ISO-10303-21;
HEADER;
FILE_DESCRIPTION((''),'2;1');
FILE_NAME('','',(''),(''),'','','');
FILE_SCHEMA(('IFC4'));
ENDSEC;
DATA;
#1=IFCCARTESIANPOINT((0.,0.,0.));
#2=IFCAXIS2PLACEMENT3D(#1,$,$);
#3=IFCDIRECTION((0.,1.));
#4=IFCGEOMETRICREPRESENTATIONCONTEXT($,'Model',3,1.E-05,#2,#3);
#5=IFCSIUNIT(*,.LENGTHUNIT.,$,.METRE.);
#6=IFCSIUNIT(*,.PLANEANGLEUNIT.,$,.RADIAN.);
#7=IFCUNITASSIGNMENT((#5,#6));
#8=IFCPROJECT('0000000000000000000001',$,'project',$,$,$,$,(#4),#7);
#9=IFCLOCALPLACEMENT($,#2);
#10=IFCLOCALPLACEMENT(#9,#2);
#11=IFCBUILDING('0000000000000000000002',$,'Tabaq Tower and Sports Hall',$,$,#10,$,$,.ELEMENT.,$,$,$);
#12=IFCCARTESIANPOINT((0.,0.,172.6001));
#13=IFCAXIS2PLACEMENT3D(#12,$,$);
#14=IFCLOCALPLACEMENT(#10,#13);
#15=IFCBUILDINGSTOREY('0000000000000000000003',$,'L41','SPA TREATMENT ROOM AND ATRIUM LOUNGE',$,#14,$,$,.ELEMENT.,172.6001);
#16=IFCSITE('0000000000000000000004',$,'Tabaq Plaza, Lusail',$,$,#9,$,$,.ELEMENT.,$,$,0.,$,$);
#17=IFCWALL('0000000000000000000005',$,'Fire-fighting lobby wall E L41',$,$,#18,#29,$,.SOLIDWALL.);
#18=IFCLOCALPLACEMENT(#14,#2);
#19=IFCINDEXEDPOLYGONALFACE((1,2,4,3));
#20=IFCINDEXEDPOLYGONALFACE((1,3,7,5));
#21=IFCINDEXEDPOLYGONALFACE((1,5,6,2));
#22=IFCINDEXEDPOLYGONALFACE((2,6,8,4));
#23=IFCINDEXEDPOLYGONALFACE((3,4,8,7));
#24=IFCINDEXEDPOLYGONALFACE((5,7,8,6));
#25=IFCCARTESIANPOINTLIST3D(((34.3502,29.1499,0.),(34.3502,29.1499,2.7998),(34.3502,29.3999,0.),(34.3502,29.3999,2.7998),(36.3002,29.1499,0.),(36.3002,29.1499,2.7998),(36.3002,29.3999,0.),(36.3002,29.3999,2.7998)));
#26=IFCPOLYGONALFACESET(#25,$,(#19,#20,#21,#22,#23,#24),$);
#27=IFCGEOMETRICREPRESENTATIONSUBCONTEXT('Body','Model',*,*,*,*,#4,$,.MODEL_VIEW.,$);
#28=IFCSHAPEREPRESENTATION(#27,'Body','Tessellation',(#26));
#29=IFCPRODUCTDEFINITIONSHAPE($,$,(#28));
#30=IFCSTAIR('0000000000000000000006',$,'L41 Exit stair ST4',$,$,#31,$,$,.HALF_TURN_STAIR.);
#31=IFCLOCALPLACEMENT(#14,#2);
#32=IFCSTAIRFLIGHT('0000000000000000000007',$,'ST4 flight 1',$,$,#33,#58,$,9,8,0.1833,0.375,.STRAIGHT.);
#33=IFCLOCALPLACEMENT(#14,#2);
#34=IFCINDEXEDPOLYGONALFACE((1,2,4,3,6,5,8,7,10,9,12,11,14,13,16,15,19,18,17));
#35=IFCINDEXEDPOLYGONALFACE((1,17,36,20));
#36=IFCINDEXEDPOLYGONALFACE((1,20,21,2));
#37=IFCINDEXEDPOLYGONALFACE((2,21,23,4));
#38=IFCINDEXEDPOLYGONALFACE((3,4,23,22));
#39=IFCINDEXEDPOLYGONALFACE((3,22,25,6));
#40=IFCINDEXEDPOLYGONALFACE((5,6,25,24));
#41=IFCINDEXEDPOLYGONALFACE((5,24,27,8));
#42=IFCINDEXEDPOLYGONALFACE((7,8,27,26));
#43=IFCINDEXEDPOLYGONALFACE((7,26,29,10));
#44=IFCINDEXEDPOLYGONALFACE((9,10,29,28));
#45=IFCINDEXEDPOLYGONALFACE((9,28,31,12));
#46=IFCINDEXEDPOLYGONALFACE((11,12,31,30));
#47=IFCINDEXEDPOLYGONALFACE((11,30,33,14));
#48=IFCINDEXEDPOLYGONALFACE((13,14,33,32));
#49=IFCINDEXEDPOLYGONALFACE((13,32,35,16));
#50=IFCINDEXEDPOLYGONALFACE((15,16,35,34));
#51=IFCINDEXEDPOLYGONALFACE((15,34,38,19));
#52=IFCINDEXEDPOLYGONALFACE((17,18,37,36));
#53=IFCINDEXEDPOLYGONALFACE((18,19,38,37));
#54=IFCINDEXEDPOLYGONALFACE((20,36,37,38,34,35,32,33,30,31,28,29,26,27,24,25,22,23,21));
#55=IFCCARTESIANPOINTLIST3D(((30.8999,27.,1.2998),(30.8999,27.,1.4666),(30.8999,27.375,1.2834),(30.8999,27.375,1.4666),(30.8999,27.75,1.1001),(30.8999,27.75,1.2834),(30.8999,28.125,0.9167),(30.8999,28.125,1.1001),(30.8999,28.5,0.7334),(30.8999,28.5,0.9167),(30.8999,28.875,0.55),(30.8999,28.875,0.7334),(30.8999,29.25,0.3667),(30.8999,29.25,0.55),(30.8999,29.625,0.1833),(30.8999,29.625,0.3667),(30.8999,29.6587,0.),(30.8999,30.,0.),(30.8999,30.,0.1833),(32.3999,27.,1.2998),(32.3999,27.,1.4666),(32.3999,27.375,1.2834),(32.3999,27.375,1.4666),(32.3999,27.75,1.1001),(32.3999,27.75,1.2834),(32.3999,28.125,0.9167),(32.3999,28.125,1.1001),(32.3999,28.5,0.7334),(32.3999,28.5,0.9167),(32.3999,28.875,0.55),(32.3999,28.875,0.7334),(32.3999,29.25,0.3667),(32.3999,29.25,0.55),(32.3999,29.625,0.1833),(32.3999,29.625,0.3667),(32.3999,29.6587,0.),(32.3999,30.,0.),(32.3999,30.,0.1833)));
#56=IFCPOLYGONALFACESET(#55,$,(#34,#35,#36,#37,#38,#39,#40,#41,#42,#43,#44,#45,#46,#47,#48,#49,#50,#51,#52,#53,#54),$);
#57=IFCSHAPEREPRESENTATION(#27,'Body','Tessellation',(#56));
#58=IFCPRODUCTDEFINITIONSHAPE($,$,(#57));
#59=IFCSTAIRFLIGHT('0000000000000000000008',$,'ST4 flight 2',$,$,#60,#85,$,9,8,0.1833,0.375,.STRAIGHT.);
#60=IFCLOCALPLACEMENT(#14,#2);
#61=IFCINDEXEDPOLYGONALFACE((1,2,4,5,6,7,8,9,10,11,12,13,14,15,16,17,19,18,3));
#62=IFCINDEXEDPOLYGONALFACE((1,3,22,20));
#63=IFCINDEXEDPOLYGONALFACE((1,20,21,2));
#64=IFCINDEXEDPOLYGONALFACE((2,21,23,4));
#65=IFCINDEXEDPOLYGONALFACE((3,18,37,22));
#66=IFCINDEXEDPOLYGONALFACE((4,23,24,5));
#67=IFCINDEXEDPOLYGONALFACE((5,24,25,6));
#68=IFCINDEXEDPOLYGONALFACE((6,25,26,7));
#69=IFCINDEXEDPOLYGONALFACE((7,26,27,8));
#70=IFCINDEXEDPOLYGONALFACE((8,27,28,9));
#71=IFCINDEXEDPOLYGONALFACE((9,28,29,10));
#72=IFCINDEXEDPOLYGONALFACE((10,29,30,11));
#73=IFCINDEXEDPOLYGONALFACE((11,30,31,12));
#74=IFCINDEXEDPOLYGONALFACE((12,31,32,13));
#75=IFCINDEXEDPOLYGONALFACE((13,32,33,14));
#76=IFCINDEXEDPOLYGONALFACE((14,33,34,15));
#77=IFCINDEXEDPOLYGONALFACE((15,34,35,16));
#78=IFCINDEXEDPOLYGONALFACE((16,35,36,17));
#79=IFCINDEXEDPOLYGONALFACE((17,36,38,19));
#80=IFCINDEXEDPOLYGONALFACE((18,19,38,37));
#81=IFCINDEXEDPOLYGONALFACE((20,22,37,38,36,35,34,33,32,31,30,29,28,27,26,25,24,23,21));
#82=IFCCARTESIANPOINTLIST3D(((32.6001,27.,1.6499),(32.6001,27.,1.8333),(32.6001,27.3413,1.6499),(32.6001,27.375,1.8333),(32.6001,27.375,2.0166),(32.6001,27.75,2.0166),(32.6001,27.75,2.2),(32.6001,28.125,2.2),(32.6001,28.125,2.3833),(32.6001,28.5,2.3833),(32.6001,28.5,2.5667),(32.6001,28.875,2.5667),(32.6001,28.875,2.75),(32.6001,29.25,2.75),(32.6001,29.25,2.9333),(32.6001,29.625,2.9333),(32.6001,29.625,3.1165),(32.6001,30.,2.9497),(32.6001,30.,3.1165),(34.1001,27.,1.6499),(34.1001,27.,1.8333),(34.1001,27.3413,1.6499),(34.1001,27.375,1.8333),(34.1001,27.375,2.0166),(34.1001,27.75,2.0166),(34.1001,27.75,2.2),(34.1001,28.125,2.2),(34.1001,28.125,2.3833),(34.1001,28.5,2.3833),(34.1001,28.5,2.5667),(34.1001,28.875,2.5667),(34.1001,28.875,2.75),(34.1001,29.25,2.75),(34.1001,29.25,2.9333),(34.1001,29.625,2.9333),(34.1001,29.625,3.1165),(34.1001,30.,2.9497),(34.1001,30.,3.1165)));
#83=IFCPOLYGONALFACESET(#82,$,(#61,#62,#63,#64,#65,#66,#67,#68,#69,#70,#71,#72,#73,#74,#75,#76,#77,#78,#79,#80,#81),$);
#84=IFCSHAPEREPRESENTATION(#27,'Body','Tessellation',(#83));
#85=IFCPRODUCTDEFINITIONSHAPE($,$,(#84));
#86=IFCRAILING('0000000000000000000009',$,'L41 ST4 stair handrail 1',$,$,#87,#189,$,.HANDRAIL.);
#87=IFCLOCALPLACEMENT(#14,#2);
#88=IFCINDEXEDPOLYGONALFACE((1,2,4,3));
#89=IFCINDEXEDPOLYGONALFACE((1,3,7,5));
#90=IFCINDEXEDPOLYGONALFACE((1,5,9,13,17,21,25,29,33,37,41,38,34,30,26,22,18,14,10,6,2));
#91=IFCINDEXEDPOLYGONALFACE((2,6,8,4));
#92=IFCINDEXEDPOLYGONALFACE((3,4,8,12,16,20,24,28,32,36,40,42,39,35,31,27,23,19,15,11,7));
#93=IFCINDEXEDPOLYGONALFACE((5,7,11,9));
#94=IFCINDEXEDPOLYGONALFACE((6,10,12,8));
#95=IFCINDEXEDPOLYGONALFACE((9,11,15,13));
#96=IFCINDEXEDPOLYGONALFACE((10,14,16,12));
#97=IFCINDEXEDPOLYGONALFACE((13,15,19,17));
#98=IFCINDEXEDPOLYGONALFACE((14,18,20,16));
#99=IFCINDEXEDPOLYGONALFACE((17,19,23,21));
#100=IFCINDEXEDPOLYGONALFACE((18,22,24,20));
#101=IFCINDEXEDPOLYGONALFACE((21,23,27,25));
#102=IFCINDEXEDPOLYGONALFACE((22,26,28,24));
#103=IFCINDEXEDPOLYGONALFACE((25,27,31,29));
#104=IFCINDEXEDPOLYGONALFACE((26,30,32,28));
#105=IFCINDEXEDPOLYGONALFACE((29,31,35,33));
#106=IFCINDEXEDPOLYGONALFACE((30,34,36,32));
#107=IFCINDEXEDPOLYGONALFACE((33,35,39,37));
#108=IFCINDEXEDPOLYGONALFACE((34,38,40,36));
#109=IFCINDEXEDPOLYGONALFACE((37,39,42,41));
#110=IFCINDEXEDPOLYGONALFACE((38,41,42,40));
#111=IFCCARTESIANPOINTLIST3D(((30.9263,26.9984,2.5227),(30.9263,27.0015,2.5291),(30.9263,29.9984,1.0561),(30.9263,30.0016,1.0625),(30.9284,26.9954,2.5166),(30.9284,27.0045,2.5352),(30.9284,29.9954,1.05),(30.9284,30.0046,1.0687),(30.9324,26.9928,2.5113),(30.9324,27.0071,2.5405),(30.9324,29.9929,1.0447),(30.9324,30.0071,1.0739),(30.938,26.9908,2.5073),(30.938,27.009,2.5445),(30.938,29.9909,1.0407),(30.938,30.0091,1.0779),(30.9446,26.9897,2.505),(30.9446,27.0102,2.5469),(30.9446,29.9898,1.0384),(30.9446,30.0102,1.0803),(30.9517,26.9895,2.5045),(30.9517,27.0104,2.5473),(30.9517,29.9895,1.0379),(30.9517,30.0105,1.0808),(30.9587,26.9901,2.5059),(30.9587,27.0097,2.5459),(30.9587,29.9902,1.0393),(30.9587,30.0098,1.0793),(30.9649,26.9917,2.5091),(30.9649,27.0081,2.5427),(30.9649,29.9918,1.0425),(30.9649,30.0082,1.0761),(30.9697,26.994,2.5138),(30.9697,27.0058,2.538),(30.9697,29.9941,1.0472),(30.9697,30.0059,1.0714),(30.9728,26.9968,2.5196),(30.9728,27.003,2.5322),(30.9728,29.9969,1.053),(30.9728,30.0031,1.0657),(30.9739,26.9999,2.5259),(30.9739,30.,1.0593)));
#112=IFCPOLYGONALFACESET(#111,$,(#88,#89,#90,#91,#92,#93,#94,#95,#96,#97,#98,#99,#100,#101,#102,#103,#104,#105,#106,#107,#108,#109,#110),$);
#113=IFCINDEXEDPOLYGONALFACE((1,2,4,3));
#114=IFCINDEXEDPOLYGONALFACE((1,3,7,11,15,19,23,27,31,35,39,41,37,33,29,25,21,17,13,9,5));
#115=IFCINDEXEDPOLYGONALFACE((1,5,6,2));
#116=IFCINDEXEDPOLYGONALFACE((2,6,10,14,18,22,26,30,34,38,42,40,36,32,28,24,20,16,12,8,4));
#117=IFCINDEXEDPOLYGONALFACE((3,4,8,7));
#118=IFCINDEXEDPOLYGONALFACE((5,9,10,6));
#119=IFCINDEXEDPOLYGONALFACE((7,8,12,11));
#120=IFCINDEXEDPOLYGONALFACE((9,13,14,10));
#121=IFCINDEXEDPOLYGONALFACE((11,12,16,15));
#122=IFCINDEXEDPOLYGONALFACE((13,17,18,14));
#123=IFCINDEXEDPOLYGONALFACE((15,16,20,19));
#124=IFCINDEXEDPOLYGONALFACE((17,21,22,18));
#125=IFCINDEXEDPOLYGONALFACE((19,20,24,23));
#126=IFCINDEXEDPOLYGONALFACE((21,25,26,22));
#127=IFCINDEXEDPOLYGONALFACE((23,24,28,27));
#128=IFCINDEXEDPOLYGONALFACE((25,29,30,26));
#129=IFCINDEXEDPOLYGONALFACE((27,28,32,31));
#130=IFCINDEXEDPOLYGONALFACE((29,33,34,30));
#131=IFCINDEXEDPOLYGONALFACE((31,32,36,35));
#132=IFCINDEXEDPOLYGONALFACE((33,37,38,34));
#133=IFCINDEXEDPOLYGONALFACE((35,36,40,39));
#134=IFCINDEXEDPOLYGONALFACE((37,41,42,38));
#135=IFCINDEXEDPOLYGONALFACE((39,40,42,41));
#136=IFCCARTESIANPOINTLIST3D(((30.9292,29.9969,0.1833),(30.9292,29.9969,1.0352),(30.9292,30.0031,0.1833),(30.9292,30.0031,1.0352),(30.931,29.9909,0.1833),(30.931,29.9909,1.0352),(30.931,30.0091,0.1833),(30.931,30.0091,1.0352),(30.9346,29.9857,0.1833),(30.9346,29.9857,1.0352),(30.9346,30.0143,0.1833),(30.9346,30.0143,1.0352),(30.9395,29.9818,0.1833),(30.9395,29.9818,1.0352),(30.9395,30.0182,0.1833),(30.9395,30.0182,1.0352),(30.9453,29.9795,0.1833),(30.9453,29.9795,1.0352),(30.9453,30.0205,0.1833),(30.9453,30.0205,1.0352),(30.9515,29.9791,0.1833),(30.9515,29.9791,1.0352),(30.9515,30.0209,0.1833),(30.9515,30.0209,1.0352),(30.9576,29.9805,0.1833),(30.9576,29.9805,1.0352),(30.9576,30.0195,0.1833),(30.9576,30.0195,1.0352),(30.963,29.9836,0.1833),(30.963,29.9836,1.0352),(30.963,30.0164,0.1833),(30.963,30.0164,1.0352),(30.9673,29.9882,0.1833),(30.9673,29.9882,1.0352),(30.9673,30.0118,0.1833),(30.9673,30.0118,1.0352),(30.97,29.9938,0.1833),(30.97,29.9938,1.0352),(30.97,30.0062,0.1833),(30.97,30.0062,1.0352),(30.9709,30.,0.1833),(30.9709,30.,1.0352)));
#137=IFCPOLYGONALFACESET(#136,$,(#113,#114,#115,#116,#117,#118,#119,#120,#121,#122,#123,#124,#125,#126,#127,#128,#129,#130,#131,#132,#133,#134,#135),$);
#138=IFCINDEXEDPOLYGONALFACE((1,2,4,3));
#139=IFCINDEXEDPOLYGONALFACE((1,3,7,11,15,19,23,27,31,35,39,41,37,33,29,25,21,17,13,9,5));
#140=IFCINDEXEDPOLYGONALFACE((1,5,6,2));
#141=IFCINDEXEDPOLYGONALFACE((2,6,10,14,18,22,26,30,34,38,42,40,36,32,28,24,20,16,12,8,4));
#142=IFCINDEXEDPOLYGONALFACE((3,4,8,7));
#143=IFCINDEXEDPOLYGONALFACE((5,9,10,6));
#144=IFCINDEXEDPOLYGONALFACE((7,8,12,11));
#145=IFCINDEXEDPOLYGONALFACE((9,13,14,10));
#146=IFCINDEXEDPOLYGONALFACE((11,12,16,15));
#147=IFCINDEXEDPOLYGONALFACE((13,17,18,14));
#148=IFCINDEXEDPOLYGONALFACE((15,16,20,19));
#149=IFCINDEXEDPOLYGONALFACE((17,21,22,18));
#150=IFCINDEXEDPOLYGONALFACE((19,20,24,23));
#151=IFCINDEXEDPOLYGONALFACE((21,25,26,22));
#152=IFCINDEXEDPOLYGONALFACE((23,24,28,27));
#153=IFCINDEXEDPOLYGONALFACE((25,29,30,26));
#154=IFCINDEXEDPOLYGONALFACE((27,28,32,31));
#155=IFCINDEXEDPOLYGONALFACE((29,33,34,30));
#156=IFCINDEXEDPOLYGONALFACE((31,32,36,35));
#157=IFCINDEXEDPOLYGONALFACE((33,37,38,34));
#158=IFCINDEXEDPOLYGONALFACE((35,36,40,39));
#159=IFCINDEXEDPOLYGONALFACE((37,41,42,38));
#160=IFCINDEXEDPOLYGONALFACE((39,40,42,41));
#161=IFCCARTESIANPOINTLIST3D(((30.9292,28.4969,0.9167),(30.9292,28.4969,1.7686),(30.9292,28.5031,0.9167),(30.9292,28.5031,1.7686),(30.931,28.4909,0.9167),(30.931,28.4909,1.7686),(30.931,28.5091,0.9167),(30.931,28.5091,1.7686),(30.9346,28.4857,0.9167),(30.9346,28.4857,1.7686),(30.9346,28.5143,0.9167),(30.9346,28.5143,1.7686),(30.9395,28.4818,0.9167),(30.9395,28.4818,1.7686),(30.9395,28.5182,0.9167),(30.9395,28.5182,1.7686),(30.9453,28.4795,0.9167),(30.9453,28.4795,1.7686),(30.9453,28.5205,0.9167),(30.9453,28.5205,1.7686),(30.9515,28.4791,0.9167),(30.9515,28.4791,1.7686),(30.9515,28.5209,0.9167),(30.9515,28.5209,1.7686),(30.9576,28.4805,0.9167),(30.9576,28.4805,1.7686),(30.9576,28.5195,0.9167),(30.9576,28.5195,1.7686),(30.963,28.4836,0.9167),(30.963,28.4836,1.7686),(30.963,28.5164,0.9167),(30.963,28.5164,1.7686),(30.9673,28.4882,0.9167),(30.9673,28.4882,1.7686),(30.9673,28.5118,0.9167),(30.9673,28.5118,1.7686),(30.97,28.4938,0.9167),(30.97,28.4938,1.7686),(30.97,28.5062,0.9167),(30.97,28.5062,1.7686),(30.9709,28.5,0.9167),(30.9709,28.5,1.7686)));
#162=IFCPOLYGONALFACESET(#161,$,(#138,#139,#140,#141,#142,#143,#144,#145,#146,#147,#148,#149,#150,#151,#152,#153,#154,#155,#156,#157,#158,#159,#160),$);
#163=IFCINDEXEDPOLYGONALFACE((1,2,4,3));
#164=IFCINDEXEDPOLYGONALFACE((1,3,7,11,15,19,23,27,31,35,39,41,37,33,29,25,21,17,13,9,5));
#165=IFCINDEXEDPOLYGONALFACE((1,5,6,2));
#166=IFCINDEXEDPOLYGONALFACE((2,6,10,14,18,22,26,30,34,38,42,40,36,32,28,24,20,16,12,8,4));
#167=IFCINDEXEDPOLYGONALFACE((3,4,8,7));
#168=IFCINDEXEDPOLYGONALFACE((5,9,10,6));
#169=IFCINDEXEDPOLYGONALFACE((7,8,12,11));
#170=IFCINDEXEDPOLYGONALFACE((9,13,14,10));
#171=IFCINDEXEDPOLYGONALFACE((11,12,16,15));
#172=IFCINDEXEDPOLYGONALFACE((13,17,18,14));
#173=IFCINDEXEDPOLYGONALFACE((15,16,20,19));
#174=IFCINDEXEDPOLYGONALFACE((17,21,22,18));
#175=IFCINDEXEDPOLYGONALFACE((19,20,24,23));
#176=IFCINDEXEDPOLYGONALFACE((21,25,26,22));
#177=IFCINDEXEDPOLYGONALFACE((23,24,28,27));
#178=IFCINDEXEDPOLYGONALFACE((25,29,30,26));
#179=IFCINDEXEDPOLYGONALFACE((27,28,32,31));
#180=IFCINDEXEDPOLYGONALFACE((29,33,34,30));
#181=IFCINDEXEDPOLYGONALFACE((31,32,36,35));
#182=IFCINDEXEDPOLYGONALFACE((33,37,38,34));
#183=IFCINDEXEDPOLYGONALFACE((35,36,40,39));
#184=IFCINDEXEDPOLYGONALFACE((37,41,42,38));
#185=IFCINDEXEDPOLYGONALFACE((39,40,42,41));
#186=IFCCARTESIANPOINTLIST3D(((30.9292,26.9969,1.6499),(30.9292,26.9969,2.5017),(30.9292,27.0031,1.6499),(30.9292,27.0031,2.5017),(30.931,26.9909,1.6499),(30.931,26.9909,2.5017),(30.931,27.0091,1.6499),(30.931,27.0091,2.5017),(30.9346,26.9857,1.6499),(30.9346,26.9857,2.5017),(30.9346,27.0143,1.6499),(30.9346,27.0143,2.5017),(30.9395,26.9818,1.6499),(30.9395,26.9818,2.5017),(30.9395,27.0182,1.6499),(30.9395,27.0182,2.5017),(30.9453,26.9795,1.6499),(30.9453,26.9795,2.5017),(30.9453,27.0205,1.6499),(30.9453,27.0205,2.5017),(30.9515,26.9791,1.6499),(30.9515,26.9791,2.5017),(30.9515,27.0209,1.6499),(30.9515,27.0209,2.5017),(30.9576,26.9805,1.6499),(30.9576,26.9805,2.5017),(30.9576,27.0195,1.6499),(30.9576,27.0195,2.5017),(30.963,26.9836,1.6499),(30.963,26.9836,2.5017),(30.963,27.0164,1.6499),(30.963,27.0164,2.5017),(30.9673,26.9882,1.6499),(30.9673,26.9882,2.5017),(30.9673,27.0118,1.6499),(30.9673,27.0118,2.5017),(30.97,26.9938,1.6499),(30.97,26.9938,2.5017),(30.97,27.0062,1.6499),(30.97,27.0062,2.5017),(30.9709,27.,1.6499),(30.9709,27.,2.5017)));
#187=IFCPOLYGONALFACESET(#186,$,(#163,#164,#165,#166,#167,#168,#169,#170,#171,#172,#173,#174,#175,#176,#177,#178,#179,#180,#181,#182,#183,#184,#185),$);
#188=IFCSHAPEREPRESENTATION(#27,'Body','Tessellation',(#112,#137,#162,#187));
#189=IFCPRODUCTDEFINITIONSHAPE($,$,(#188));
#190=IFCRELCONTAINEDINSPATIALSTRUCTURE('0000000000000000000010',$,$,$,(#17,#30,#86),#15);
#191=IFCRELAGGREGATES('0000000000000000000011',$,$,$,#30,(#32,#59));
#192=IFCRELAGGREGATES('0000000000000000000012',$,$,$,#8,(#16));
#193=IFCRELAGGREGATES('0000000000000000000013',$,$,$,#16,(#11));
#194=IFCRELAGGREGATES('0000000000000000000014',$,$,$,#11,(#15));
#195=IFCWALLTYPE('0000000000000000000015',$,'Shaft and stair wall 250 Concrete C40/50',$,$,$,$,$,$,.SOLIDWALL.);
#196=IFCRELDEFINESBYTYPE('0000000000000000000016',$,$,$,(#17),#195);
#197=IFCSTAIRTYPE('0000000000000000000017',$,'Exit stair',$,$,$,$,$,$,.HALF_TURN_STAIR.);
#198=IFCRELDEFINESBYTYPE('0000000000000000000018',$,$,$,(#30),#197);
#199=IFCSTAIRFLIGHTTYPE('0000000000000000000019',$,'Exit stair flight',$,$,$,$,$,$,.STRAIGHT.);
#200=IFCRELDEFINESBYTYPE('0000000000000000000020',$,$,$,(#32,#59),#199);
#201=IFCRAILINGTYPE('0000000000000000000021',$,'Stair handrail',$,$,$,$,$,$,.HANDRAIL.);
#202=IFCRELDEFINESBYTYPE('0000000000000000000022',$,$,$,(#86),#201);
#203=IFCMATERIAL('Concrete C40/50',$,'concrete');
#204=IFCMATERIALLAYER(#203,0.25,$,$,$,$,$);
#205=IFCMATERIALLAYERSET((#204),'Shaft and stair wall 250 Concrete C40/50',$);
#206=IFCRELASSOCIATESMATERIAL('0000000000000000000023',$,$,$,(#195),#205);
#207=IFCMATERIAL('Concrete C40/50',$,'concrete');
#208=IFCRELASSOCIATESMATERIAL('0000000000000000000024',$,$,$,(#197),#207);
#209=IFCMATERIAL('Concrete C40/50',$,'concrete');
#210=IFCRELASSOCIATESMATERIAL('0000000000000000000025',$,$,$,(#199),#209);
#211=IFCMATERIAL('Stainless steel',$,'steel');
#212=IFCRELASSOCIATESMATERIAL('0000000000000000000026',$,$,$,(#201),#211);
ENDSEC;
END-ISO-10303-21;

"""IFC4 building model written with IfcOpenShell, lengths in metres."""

from ifc_helpers import new_model, si_unit, direction, frame, frame_2d, origin, origin_2d, place, context, subcontext, project, spatial, polyline, rectangle, circle, outline, extrude, material, layer, layer_set, type_object, element, aggregate, save


model = new_model("IFC4")

# Units and contexts
model_context = context("Model", 3, precision=1e-05, world=origin(), true_north=direction((0.0, 1.0)))
body_context = subcontext(model_context, "Body", "Model", "MODEL_VIEW")
ifc_project = project(units=[si_unit("LENGTHUNIT", "METRE"), si_unit("PLANEANGLEUNIT", "RADIAN")], contexts=[model_context])

# Site, building, storey
site_placement = place(None, origin())
site = spatial("IfcSite", under=ifc_project, at=site_placement, Name="Tabaq Plaza, Lusail", CompositionType="ELEMENT", RefElevation=0.0)
building_placement = place(site_placement, origin())
building = spatial("IfcBuilding", under=site, at=building_placement, Name="Tabaq Tower and Sports Hall", CompositionType="ELEMENT")
storey_placement = place(building_placement, frame((0.0, 0.0, 172.6001)))
storey = spatial("IfcBuildingStorey", under=building, at=storey_placement, Name="L41", Description="SPA TREATMENT ROOM AND ATRIUM LOUNGE", CompositionType="ELEMENT", Elevation=172.6001)

# Shared definitions
ifc_material_1 = material(Name="Concrete C40/50", Category="concrete")
ifc_layer_1 = layer(ifc_material_1, 0.25)
ifc_layer_set_1 = layer_set([ifc_layer_1], Name="Shaft and stair wall 250 Concrete C40/50")
wall_type_1 = type_object("IfcWallType", Name="Shaft and stair wall 250 Concrete C40/50", PredefinedType="SOLIDWALL", material=ifc_layer_set_1)

# Wall
wall_1_placement = place(storey_placement, frame((34.3501, 29.2749, 0.0), z_axis=(0.0, 0.0, 1.0), x_axis=(1.0, 0.0, 0.0)))
element("IfcWall", 1, at=wall_1_placement, inside=storey, type_object=wall_type_1, Name="Fire-fighting lobby wall E L41", PredefinedType="SOLIDWALL", context=body_context, shape_type="SweptSolid", body=[
    extrude(rectangle(XDim=1.95, YDim=0.25, at=frame_2d((0.9751, 0.0))), origin(), (0.0, 0.0, 1.0), 2.7998),
])

# Stair, stair flights
ifc_material_2 = material(Name="Concrete C40/50", Category="concrete")
stair_type = type_object("IfcStairType", Name="Exit stair", PredefinedType="HALF_TURN_STAIR", material=ifc_material_2)
stair_placement = place(storey_placement, origin())
stair = element("IfcStair", 2, at=stair_placement, inside=storey, type_object=stair_type, Name="L41 Exit stair ST4", PredefinedType="HALF_TURN_STAIR")
ifc_material_3 = material(Name="Concrete C40/50", Category="concrete")
stair_flight_type = type_object("IfcStairFlightType", Name="Exit stair flight", PredefinedType="STRAIGHT", material=ifc_material_3)
stair_flight_1_placement = place(storey_placement, frame((31.6499, 30.0, 0.0), z_axis=(0.0, 0.0, 1.0), x_axis=(0.0, -1.0, 0.0)))
stair_flight_1 = element("IfcStairFlight", 3, at=stair_flight_1_placement, type_object=stair_flight_type, Name="ST4 flight 1", NumberOfRisers=9, NumberOfTreads=8, PredefinedType="STRAIGHT", RiserHeight=0.1833, TreadLength=0.375, context=body_context, shape_type="SweptSolid", body=[
    extrude(outline(polyline([(0.0, 0.0), (0.0, 0.1833), (0.375, 0.1833), (0.375, 0.3667), (0.75, 0.3667), (0.75, 0.55), (1.125, 0.55), (1.125, 0.7334), (1.5, 0.7334), (1.5, 0.9167), (1.875, 0.9167), (1.875, 1.1001), (2.25, 1.1001), (2.25, 1.2834), (2.625, 1.2834), (2.625, 1.4666), (3.0, 1.4666), (3.0, 1.6499), (3.0, 1.2998), (0.3413, 0.0), (0.0, 0.0)])), frame((0.0, 0.75, 0.0), z_axis=(0.0, -1.0, 0.0), x_axis=(1.0, 0.0, 0.0)), (0.0, 0.0, 1.0), 1.5),
])
stair_flight_2_placement = place(storey_placement, frame((33.3501, 27.0, 1.6499), z_axis=(0.0, 0.0, 1.0), x_axis=(0.0, 1.0, 0.0)))
stair_flight_2 = element("IfcStairFlight", 4, at=stair_flight_2_placement, type_object=stair_flight_type, Name="ST4 flight 2", NumberOfRisers=9, NumberOfTreads=8, PredefinedType="STRAIGHT", RiserHeight=0.1833, TreadLength=0.375, context=body_context, shape_type="SweptSolid", body=[
    extrude(outline(polyline([(0.0, 0.0), (0.0, 0.1833), (0.375, 0.1833), (0.375, 0.3667), (0.75, 0.3667), (0.75, 0.55), (1.125, 0.55), (1.125, 0.7334), (1.5, 0.7334), (1.5, 0.9167), (1.875, 0.9167), (1.875, 1.1001), (2.25, 1.1001), (2.25, 1.2834), (2.625, 1.2834), (2.625, 1.4666), (3.0, 1.4666), (3.0, 1.6499), (3.0, 1.2998), (0.3413, 0.0), (0.0, 0.0)])), frame((0.0, 0.75, 0.0), z_axis=(0.0, -1.0, 0.0), x_axis=(1.0, 0.0, 0.0)), (0.0, 0.0, 1.0), 1.5),
])
aggregate(stair, [stair_flight_1, stair_flight_2])

# Railing
ifc_material_4 = material(Name="Stainless steel", Category="steel")
railing_type_1 = type_object("IfcRailingType", Name="Stair handrail", PredefinedType="HANDRAIL", material=ifc_material_4)
railing_1_placement = place(storey_placement, frame((30.95, 30.0, 0.1833)))
element("IfcRailing", 5, at=railing_1_placement, inside=storey, type_object=railing_type_1, Name="L41 ST4 stair handrail 1", PredefinedType="HANDRAIL", context=body_context, shape_type="SweptSolid", body=[
    extrude(circle(Radius=0.0239, at=origin_2d()), frame((0.0, 0.0, 0.876), z_axis=(0.0, -0.898398, 0.439183), x_axis=(1.0, 0.0, 0.0)), (0.0, 0.0, 1.0), 3.3394),
    extrude(circle(Radius=0.021, at=origin_2d()), origin(), (0.0, 0.0, 1.0), 0.8518),
    extrude(circle(Radius=0.021, at=origin_2d()), frame((0.0, -1.5, 0.7334)), (0.0, 0.0, 1.0), 0.8518),
    extrude(circle(Radius=0.021, at=origin_2d()), frame((0.0, -3.0, 1.4666)), (0.0, 0.0, 1.0), 0.8518),
])

save(model, "model.ifc")
